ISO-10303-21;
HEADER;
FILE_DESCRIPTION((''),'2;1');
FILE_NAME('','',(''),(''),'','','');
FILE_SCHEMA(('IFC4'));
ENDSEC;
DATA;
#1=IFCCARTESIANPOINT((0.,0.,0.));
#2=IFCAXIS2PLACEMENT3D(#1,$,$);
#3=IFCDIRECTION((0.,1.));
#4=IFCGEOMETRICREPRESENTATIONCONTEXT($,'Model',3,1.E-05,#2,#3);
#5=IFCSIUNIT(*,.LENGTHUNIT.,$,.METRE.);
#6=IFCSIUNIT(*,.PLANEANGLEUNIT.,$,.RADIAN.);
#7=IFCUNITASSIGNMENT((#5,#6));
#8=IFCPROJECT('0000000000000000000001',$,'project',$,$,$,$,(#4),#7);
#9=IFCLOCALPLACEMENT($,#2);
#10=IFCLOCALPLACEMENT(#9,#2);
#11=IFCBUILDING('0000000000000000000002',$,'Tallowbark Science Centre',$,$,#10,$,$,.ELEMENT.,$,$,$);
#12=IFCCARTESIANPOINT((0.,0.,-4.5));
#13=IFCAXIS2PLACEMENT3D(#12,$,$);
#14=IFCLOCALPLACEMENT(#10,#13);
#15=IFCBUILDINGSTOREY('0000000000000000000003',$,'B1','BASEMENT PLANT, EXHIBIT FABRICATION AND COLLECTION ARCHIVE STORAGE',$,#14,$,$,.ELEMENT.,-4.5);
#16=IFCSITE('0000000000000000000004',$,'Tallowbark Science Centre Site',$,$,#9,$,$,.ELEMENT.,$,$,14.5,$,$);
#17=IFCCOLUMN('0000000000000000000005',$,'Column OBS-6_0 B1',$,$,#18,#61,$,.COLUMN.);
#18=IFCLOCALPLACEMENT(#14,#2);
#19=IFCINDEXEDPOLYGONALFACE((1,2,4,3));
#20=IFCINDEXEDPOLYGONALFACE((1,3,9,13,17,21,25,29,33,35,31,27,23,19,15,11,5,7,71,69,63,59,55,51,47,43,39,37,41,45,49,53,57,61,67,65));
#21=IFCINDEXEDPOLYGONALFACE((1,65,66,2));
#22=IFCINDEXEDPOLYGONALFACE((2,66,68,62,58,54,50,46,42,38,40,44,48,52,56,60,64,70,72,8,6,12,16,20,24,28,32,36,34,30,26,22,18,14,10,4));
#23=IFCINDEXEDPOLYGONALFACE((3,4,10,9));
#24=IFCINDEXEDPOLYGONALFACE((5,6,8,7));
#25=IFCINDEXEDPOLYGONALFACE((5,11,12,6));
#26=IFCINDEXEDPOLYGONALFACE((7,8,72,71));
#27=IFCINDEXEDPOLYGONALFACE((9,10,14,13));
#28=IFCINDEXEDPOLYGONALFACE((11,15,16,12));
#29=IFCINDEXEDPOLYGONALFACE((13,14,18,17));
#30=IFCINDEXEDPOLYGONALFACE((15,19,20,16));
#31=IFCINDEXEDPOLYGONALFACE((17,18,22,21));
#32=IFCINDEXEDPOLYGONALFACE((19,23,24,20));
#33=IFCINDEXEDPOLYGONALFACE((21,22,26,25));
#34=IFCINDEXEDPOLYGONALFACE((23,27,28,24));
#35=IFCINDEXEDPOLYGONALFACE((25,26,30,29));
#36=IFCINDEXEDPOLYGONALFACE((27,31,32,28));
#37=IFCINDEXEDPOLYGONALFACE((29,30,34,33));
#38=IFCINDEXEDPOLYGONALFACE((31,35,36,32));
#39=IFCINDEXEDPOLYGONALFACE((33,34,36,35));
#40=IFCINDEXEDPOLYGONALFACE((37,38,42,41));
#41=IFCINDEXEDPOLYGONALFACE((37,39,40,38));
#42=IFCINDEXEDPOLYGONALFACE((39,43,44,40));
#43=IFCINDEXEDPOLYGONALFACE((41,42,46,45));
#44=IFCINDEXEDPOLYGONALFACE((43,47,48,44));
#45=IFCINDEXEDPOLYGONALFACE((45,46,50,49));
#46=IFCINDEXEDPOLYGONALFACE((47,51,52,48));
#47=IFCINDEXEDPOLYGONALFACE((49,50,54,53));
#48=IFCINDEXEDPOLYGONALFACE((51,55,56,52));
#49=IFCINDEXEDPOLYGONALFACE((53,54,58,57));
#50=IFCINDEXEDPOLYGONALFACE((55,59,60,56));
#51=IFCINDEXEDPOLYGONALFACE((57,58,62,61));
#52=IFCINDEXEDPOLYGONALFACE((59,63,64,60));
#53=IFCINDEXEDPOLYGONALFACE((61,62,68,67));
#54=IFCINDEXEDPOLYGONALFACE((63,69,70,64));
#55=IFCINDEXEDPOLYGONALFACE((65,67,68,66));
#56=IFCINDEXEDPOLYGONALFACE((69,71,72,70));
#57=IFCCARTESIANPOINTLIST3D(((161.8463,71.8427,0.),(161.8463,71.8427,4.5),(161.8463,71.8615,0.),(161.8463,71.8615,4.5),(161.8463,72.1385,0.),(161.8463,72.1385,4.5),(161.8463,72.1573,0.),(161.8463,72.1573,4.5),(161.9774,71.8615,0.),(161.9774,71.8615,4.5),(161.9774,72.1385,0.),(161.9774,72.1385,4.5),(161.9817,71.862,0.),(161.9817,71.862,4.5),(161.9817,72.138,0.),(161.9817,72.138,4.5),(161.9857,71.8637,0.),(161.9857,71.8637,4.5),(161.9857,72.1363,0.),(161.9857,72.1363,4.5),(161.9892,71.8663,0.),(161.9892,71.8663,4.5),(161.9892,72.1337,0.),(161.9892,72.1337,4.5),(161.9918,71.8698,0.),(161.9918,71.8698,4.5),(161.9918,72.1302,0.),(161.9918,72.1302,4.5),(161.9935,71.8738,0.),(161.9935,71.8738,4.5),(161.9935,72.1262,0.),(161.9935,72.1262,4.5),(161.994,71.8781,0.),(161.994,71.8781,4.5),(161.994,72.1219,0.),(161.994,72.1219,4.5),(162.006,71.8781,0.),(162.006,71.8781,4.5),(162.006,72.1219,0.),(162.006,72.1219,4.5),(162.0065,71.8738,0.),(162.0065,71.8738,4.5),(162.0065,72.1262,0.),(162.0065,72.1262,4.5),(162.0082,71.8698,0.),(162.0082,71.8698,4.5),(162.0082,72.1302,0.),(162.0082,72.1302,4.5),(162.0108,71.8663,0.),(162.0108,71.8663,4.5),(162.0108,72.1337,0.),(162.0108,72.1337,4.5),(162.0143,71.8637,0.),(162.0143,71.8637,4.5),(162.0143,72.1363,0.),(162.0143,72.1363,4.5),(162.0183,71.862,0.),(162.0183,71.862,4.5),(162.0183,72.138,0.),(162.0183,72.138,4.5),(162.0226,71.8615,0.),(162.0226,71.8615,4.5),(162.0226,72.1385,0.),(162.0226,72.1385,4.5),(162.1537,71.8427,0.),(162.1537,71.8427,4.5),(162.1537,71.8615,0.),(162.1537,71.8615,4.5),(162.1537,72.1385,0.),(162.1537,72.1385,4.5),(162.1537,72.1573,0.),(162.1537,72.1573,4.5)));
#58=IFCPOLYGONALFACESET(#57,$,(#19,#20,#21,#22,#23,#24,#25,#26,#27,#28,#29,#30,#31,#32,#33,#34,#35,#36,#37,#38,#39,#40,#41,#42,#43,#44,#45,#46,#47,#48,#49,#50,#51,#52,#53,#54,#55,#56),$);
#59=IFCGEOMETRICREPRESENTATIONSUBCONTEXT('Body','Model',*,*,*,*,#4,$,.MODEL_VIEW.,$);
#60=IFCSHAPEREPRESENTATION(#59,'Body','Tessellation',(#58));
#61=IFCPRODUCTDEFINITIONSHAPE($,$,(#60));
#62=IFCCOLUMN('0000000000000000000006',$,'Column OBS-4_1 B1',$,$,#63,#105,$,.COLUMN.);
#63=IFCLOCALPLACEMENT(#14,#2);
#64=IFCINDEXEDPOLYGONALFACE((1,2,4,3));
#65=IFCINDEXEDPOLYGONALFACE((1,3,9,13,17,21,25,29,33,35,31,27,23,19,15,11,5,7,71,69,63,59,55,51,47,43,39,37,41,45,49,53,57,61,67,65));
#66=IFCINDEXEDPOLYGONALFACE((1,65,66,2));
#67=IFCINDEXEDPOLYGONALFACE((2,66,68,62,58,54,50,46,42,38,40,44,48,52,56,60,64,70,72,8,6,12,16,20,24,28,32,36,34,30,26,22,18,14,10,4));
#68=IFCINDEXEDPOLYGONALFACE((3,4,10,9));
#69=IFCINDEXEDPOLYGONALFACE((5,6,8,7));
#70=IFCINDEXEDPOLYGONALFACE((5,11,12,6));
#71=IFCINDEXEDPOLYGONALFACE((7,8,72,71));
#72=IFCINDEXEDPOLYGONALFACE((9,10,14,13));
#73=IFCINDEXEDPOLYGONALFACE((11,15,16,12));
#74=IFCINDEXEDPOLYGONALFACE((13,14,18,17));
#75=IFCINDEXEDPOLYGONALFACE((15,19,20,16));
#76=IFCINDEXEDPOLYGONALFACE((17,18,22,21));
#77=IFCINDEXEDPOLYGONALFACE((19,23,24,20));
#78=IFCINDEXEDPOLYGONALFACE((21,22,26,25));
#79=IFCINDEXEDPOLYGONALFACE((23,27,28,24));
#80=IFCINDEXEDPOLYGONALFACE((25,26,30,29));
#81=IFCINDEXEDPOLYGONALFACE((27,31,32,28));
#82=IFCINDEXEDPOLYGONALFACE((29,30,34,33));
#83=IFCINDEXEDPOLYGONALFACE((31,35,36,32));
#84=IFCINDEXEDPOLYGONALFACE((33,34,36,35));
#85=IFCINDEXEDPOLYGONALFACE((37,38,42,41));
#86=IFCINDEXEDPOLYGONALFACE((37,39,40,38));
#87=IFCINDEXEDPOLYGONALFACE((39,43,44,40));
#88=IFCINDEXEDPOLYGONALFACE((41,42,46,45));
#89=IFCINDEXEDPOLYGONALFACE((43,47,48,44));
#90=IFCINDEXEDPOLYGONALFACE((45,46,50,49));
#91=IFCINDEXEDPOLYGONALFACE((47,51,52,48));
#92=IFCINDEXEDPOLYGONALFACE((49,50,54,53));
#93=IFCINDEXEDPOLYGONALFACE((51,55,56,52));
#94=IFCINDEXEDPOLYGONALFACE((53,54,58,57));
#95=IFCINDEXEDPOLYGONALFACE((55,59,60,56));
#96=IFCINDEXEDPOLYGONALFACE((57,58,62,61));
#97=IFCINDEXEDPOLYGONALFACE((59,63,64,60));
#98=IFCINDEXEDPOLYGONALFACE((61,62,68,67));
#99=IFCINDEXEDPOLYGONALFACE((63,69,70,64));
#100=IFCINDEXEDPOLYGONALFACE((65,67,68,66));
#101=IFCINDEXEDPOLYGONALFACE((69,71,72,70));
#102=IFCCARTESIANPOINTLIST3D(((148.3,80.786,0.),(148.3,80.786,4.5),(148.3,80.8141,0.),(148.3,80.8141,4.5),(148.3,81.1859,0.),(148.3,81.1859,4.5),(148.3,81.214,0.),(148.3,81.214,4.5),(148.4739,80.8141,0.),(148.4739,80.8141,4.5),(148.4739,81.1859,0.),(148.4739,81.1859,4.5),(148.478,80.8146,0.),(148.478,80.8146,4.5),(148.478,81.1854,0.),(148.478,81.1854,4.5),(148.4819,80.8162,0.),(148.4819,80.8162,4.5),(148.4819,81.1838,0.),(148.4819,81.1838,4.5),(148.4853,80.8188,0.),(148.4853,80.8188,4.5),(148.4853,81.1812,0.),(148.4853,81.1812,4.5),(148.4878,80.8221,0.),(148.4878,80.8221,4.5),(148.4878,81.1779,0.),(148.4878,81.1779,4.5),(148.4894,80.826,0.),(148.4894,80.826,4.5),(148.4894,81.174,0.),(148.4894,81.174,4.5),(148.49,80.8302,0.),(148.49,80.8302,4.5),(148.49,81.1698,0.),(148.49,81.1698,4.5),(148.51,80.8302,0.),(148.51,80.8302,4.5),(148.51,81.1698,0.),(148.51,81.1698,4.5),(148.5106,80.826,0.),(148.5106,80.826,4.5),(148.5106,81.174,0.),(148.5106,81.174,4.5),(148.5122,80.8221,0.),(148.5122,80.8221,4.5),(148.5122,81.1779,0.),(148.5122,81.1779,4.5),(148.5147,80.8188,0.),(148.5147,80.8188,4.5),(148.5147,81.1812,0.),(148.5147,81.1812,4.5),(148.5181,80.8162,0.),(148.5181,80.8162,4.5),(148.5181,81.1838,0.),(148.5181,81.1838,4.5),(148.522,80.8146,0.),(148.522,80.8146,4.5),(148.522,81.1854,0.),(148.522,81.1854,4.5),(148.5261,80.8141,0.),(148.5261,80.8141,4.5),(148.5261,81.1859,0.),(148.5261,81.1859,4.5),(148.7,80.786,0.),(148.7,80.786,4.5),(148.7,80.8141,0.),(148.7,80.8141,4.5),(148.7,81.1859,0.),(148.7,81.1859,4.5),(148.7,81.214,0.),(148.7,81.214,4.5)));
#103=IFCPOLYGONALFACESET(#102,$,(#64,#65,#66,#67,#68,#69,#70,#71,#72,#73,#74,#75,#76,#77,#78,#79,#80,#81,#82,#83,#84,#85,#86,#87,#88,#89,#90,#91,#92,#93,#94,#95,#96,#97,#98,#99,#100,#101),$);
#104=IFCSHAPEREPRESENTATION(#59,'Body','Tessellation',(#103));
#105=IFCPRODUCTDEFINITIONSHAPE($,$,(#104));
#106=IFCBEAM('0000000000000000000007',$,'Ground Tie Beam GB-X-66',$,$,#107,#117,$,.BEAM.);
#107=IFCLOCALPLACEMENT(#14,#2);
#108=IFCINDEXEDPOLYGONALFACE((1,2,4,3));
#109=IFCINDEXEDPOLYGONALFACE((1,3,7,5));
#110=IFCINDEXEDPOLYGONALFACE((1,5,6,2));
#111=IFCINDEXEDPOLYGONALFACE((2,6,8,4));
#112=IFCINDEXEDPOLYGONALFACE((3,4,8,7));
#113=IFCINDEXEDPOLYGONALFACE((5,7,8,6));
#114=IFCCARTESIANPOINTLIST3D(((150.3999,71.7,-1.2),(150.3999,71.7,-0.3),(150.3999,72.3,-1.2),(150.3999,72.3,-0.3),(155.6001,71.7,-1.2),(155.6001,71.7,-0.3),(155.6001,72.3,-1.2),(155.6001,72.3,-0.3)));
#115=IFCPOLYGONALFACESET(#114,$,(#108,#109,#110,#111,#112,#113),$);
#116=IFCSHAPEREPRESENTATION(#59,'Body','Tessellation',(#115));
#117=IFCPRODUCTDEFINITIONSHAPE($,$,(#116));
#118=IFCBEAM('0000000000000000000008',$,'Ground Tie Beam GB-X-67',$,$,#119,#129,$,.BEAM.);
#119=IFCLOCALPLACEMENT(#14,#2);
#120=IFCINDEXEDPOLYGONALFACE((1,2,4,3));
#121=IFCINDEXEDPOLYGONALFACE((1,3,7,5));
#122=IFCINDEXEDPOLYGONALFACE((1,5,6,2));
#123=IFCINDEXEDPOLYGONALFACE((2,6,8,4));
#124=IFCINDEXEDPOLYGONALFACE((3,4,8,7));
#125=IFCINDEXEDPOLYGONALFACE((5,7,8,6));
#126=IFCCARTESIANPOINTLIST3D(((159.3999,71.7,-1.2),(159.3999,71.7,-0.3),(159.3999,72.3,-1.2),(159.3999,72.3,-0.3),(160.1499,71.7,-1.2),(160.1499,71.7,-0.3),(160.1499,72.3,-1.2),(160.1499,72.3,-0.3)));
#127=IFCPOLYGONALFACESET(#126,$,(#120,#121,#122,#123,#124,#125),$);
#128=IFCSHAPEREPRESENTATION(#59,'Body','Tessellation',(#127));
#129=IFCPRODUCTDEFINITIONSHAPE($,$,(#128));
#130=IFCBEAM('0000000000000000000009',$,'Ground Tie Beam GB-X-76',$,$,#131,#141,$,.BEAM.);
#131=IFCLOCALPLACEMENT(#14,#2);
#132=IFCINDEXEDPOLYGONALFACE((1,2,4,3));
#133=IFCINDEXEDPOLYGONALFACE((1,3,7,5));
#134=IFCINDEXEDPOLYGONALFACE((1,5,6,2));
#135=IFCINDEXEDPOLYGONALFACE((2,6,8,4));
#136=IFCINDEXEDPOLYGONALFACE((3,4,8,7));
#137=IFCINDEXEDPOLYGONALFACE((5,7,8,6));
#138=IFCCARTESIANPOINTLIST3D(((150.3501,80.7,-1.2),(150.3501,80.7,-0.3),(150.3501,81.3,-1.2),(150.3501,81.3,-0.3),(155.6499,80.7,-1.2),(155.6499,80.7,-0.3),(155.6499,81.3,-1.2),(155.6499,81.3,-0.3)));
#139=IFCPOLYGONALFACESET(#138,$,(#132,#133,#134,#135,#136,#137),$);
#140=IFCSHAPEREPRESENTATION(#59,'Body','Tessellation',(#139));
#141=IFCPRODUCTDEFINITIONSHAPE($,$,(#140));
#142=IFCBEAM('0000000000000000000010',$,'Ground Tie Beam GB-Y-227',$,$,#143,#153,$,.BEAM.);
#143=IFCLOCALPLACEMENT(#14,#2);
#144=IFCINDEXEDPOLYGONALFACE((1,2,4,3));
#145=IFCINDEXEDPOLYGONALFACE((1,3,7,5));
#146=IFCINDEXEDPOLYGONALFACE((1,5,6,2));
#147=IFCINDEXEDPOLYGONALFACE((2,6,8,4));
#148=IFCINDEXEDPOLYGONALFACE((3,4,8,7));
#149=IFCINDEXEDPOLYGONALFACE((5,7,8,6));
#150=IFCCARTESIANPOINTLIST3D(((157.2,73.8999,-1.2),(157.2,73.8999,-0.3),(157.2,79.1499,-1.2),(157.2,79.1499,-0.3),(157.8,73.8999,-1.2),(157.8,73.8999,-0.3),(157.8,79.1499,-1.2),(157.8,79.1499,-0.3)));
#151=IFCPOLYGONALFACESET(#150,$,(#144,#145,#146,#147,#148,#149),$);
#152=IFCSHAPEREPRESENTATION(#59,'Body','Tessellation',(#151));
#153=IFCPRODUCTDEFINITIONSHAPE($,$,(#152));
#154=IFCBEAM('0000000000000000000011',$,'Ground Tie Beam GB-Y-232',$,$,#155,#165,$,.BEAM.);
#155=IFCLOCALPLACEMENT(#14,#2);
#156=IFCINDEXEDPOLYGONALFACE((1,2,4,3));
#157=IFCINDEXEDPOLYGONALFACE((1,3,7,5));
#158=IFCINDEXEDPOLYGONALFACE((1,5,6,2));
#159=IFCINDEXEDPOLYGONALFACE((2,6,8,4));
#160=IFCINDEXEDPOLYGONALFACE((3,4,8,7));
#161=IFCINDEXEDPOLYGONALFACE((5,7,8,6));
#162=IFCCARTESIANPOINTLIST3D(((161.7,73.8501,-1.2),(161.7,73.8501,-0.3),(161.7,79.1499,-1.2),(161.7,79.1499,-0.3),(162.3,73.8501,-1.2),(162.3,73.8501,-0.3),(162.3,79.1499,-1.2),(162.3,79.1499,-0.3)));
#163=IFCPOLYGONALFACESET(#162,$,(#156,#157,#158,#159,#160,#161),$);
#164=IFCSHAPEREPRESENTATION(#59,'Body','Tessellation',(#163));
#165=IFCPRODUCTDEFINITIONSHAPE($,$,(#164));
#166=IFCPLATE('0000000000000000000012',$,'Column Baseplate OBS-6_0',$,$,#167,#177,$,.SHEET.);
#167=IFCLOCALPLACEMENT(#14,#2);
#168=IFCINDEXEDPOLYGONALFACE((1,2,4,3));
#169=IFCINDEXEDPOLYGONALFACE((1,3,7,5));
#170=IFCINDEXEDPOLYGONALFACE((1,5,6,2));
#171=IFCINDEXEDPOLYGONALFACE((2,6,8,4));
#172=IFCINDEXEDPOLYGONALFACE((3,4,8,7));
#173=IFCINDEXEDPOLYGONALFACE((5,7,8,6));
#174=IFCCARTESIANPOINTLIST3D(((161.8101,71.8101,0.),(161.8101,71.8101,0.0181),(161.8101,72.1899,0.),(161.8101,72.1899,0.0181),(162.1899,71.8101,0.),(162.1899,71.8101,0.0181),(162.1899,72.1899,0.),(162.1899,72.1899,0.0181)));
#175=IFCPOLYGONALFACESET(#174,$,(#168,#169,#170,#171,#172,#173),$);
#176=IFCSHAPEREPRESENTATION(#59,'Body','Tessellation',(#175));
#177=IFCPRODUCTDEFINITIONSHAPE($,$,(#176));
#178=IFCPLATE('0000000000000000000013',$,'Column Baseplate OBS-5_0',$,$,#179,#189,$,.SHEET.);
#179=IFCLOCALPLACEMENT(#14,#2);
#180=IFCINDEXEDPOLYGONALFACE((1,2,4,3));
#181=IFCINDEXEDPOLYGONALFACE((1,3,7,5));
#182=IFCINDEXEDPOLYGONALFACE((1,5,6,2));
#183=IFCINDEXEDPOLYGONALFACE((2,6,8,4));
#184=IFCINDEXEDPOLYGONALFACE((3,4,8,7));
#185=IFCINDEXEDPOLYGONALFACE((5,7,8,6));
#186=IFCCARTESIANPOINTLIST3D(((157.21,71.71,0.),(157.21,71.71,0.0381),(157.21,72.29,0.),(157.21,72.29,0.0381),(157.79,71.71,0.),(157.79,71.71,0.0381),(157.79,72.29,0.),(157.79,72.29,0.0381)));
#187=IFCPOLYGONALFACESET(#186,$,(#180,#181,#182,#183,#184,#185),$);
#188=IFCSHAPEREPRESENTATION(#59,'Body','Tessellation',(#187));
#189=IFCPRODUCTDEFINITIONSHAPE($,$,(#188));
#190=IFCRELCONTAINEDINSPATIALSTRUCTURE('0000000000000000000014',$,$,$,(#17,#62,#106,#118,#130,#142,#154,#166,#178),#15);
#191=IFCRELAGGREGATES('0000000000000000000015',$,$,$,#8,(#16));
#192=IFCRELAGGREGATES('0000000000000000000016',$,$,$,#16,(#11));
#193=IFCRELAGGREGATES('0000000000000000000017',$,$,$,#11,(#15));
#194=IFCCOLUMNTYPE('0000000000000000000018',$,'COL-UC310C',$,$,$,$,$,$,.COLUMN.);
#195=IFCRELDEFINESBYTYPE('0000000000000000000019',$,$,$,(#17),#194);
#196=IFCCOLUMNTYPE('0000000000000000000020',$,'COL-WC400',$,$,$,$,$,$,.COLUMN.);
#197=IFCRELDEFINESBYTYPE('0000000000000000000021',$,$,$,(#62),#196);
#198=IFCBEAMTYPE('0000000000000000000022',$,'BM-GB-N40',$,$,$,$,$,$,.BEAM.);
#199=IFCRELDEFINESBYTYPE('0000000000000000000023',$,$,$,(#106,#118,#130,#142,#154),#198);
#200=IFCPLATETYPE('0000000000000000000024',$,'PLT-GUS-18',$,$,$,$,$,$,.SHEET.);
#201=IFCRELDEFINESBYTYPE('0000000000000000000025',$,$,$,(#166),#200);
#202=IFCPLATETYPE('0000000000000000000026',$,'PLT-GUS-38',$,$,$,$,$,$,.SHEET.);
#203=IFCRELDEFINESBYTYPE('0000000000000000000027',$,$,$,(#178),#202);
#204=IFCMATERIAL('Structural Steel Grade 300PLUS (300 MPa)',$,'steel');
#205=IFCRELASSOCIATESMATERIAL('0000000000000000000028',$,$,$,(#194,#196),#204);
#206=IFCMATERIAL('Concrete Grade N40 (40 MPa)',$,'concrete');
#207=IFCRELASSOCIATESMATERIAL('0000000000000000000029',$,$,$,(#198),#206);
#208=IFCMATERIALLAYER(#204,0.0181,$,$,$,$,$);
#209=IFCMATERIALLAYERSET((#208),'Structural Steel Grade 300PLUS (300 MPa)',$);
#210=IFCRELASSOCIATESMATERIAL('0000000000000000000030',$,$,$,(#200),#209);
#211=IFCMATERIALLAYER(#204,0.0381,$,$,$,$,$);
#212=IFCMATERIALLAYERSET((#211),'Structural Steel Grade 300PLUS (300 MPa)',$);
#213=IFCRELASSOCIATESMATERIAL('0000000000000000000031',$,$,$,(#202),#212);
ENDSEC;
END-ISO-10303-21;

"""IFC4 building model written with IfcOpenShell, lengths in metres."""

from ifc_helpers import new_model, si_unit, direction, frame, origin, origin_2d, place, context, subcontext, project, spatial, rectangle, i_section, extrude, material, layer, layer_set, material_profile, profile_set, type_object, element, save


model = new_model("IFC4")

# Units and contexts
model_context = context("Model", 3, precision=1e-05, world=origin(), true_north=direction((0.0, 1.0)))
body_context = subcontext(model_context, "Body", "Model", "MODEL_VIEW")
ifc_project = project(units=[si_unit("LENGTHUNIT", "METRE"), si_unit("PLANEANGLEUNIT", "RADIAN")], contexts=[model_context])

# Site, building, storey
site_placement = place(None, origin())
site = spatial("IfcSite", under=ifc_project, at=site_placement, Name="Tallowbark Science Centre Site", CompositionType="ELEMENT", RefElevation=14.5)
building_placement = place(site_placement, origin())
building = spatial("IfcBuilding", under=site, at=building_placement, Name="Tallowbark Science Centre", CompositionType="ELEMENT")
storey_placement = place(building_placement, frame((0.0, 0.0, -4.5)))
storey = spatial("IfcBuildingStorey", under=building, at=storey_placement, Name="B1", Description="BASEMENT PLANT, EXHIBIT FABRICATION AND COLLECTION ARCHIVE STORAGE", CompositionType="ELEMENT", Elevation=-4.5)

# Shared definitions
ifc_material_1 = material(Name="Concrete Grade N40 (40 MPa)", Category="concrete")

# Columns
ifc_material_2 = material(Name="Structural Steel Grade 300PLUS (300 MPa)", Category="steel")
ifc_material_profile_1 = material_profile(ifc_material_2, i_section(OverallWidth=0.3074, OverallDepth=0.3147, WebThickness=0.012, FlangeThickness=0.0188, FilletRadius=0.0166, at=origin_2d()), Name="310UC118")
ifc_profile_set_1 = profile_set([ifc_material_profile_1], Name="Structural Steel Grade 300PLUS (300 MPa)")
column_type_1 = type_object("IfcColumnType", Name="COL-UC310C", PredefinedType="COLUMN", material=ifc_profile_set_1)
column_1_placement = place(storey_placement, frame((162.0, 72.0, 0.0), z_axis=(0.0, 0.0, 1.0), x_axis=(1.0, 0.0, 0.0)))
element("IfcColumn", 1, at=column_1_placement, inside=storey, type_object=column_type_1, Name="Column OBS-6_0 B1", PredefinedType="COLUMN", context=body_context, shape_type="SweptSolid", body=[
    extrude(i_section(OverallWidth=0.3074, OverallDepth=0.3147, WebThickness=0.012, FlangeThickness=0.0188, FilletRadius=0.0166, at=origin_2d()), origin(), (0.0, 0.0, 1.0), 4.5),
])
ifc_material_profile_2 = material_profile(ifc_material_2, i_section(OverallWidth=0.3999, OverallDepth=0.428, WebThickness=0.02, FlangeThickness=0.0281, FilletRadius=0.0161, at=origin_2d()), Name="400WC270")
ifc_profile_set_2 = profile_set([ifc_material_profile_2], Name="Structural Steel Grade 300PLUS (300 MPa)")
column_type_2 = type_object("IfcColumnType", Name="COL-WC400", PredefinedType="COLUMN", material=ifc_profile_set_2)
column_2_placement = place(storey_placement, frame((148.5, 81.0, 0.0), z_axis=(0.0, 0.0, 1.0), x_axis=(1.0, 0.0, 0.0)))
element("IfcColumn", 2, at=column_2_placement, inside=storey, type_object=column_type_2, Name="Column OBS-4_1 B1", PredefinedType="COLUMN", context=body_context, shape_type="SweptSolid", body=[
    extrude(i_section(OverallWidth=0.3999, OverallDepth=0.428, WebThickness=0.02, FlangeThickness=0.0281, FilletRadius=0.0161, at=origin_2d()), origin(), (0.0, 0.0, 1.0), 4.5),
])

# Beams
ifc_material_profile_3 = material_profile(ifc_material_1, rectangle(XDim=0.6001, YDim=0.8999, at=origin_2d()), Name="RC600x900")
ifc_profile_set_3 = profile_set([ifc_material_profile_3], Name="Concrete Grade N40 (40 MPa)")
beam_type = type_object("IfcBeamType", Name="BM-GB-N40", PredefinedType="BEAM", material=ifc_profile_set_3)
beam_1_placement = place(storey_placement, frame((150.3999, 72.0, -0.75), z_axis=(1.0, 0.0, 0.0), x_axis=(0.0, 1.0, 0.0)))
element("IfcBeam", 3, at=beam_1_placement, inside=storey, type_object=beam_type, Name="Ground Tie Beam GB-X-66", PredefinedType="BEAM", context=body_context, shape_type="SweptSolid", body=[
    extrude(rectangle(XDim=0.6001, YDim=0.8999, at=origin_2d()), origin(), (0.0, 0.0, 1.0), 5.2002),
])
beam_2_placement = place(storey_placement, frame((159.3999, 72.0, -0.75), z_axis=(1.0, 0.0, 0.0), x_axis=(0.0, 1.0, 0.0)))
element("IfcBeam", 4, at=beam_2_placement, inside=storey, type_object=beam_type, Name="Ground Tie Beam GB-X-67", PredefinedType="BEAM", context=body_context, shape_type="SweptSolid", body=[
    extrude(rectangle(XDim=0.6001, YDim=0.8999, at=origin_2d()), origin(), (0.0, 0.0, 1.0), 0.75),
])
beam_3_placement = place(storey_placement, frame((150.3501, 81.0, -0.75), z_axis=(1.0, 0.0, 0.0), x_axis=(0.0, 1.0, 0.0)))
element("IfcBeam", 5, at=beam_3_placement, inside=storey, type_object=beam_type, Name="Ground Tie Beam GB-X-76", PredefinedType="BEAM", context=body_context, shape_type="SweptSolid", body=[
    extrude(rectangle(XDim=0.6001, YDim=0.8999, at=origin_2d()), origin(), (0.0, 0.0, 1.0), 5.2998),
])
beam_4_placement = place(storey_placement, frame((157.5, 73.8999, -0.75), z_axis=(0.0, 1.0, 0.0), x_axis=(-1.0, 0.0, 0.0)))
element("IfcBeam", 6, at=beam_4_placement, inside=storey, type_object=beam_type, Name="Ground Tie Beam GB-Y-227", PredefinedType="BEAM", context=body_context, shape_type="SweptSolid", body=[
    extrude(rectangle(XDim=0.6001, YDim=0.8999, at=origin_2d()), origin(), (0.0, 0.0, 1.0), 5.25),
])
beam_5_placement = place(storey_placement, frame((162.0, 73.8501, -0.75), z_axis=(0.0, 1.0, 0.0), x_axis=(-1.0, 0.0, 0.0)))
element("IfcBeam", 7, at=beam_5_placement, inside=storey, type_object=beam_type, Name="Ground Tie Beam GB-Y-232", PredefinedType="BEAM", context=body_context, shape_type="SweptSolid", body=[
    extrude(rectangle(XDim=0.6001, YDim=0.8999, at=origin_2d()), origin(), (0.0, 0.0, 1.0), 5.2998),
])

# Plates
ifc_layer_1 = layer(ifc_material_2, 0.0181)
ifc_layer_set_1 = layer_set([ifc_layer_1], Name="Structural Steel Grade 300PLUS (300 MPa)")
plate_type_1 = type_object("IfcPlateType", Name="PLT-GUS-18", PredefinedType="SHEET", material=ifc_layer_set_1)
plate_1_placement = place(storey_placement, frame((162.0, 72.0, 0.0), z_axis=(0.0, 0.0, 1.0), x_axis=(1.0, 0.0, 0.0)))
element("IfcPlate", 8, at=plate_1_placement, inside=storey, type_object=plate_type_1, Name="Column Baseplate OBS-6_0", PredefinedType="SHEET", context=body_context, shape_type="SweptSolid", body=[
    extrude(rectangle(XDim=0.3799, YDim=0.3799, at=origin_2d()), origin(), (0.0, 0.0, 1.0), 0.0181),
])
ifc_layer_2 = layer(ifc_material_2, 0.0381)
ifc_layer_set_2 = layer_set([ifc_layer_2], Name="Structural Steel Grade 300PLUS (300 MPa)")
plate_type_2 = type_object("IfcPlateType", Name="PLT-GUS-38", PredefinedType="SHEET", material=ifc_layer_set_2)
plate_2_placement = place(storey_placement, frame((157.5, 72.0, 0.0), z_axis=(0.0, 0.0, 1.0), x_axis=(1.0, 0.0, 0.0)))
element("IfcPlate", 9, at=plate_2_placement, inside=storey, type_object=plate_type_2, Name="Column Baseplate OBS-5_0", PredefinedType="SHEET", context=body_context, shape_type="SweptSolid", body=[
    extrude(rectangle(XDim=0.5801, YDim=0.5801, at=origin_2d()), origin(), (0.0, 0.0, 1.0), 0.0381),
])

save(model, "model.ifc")
